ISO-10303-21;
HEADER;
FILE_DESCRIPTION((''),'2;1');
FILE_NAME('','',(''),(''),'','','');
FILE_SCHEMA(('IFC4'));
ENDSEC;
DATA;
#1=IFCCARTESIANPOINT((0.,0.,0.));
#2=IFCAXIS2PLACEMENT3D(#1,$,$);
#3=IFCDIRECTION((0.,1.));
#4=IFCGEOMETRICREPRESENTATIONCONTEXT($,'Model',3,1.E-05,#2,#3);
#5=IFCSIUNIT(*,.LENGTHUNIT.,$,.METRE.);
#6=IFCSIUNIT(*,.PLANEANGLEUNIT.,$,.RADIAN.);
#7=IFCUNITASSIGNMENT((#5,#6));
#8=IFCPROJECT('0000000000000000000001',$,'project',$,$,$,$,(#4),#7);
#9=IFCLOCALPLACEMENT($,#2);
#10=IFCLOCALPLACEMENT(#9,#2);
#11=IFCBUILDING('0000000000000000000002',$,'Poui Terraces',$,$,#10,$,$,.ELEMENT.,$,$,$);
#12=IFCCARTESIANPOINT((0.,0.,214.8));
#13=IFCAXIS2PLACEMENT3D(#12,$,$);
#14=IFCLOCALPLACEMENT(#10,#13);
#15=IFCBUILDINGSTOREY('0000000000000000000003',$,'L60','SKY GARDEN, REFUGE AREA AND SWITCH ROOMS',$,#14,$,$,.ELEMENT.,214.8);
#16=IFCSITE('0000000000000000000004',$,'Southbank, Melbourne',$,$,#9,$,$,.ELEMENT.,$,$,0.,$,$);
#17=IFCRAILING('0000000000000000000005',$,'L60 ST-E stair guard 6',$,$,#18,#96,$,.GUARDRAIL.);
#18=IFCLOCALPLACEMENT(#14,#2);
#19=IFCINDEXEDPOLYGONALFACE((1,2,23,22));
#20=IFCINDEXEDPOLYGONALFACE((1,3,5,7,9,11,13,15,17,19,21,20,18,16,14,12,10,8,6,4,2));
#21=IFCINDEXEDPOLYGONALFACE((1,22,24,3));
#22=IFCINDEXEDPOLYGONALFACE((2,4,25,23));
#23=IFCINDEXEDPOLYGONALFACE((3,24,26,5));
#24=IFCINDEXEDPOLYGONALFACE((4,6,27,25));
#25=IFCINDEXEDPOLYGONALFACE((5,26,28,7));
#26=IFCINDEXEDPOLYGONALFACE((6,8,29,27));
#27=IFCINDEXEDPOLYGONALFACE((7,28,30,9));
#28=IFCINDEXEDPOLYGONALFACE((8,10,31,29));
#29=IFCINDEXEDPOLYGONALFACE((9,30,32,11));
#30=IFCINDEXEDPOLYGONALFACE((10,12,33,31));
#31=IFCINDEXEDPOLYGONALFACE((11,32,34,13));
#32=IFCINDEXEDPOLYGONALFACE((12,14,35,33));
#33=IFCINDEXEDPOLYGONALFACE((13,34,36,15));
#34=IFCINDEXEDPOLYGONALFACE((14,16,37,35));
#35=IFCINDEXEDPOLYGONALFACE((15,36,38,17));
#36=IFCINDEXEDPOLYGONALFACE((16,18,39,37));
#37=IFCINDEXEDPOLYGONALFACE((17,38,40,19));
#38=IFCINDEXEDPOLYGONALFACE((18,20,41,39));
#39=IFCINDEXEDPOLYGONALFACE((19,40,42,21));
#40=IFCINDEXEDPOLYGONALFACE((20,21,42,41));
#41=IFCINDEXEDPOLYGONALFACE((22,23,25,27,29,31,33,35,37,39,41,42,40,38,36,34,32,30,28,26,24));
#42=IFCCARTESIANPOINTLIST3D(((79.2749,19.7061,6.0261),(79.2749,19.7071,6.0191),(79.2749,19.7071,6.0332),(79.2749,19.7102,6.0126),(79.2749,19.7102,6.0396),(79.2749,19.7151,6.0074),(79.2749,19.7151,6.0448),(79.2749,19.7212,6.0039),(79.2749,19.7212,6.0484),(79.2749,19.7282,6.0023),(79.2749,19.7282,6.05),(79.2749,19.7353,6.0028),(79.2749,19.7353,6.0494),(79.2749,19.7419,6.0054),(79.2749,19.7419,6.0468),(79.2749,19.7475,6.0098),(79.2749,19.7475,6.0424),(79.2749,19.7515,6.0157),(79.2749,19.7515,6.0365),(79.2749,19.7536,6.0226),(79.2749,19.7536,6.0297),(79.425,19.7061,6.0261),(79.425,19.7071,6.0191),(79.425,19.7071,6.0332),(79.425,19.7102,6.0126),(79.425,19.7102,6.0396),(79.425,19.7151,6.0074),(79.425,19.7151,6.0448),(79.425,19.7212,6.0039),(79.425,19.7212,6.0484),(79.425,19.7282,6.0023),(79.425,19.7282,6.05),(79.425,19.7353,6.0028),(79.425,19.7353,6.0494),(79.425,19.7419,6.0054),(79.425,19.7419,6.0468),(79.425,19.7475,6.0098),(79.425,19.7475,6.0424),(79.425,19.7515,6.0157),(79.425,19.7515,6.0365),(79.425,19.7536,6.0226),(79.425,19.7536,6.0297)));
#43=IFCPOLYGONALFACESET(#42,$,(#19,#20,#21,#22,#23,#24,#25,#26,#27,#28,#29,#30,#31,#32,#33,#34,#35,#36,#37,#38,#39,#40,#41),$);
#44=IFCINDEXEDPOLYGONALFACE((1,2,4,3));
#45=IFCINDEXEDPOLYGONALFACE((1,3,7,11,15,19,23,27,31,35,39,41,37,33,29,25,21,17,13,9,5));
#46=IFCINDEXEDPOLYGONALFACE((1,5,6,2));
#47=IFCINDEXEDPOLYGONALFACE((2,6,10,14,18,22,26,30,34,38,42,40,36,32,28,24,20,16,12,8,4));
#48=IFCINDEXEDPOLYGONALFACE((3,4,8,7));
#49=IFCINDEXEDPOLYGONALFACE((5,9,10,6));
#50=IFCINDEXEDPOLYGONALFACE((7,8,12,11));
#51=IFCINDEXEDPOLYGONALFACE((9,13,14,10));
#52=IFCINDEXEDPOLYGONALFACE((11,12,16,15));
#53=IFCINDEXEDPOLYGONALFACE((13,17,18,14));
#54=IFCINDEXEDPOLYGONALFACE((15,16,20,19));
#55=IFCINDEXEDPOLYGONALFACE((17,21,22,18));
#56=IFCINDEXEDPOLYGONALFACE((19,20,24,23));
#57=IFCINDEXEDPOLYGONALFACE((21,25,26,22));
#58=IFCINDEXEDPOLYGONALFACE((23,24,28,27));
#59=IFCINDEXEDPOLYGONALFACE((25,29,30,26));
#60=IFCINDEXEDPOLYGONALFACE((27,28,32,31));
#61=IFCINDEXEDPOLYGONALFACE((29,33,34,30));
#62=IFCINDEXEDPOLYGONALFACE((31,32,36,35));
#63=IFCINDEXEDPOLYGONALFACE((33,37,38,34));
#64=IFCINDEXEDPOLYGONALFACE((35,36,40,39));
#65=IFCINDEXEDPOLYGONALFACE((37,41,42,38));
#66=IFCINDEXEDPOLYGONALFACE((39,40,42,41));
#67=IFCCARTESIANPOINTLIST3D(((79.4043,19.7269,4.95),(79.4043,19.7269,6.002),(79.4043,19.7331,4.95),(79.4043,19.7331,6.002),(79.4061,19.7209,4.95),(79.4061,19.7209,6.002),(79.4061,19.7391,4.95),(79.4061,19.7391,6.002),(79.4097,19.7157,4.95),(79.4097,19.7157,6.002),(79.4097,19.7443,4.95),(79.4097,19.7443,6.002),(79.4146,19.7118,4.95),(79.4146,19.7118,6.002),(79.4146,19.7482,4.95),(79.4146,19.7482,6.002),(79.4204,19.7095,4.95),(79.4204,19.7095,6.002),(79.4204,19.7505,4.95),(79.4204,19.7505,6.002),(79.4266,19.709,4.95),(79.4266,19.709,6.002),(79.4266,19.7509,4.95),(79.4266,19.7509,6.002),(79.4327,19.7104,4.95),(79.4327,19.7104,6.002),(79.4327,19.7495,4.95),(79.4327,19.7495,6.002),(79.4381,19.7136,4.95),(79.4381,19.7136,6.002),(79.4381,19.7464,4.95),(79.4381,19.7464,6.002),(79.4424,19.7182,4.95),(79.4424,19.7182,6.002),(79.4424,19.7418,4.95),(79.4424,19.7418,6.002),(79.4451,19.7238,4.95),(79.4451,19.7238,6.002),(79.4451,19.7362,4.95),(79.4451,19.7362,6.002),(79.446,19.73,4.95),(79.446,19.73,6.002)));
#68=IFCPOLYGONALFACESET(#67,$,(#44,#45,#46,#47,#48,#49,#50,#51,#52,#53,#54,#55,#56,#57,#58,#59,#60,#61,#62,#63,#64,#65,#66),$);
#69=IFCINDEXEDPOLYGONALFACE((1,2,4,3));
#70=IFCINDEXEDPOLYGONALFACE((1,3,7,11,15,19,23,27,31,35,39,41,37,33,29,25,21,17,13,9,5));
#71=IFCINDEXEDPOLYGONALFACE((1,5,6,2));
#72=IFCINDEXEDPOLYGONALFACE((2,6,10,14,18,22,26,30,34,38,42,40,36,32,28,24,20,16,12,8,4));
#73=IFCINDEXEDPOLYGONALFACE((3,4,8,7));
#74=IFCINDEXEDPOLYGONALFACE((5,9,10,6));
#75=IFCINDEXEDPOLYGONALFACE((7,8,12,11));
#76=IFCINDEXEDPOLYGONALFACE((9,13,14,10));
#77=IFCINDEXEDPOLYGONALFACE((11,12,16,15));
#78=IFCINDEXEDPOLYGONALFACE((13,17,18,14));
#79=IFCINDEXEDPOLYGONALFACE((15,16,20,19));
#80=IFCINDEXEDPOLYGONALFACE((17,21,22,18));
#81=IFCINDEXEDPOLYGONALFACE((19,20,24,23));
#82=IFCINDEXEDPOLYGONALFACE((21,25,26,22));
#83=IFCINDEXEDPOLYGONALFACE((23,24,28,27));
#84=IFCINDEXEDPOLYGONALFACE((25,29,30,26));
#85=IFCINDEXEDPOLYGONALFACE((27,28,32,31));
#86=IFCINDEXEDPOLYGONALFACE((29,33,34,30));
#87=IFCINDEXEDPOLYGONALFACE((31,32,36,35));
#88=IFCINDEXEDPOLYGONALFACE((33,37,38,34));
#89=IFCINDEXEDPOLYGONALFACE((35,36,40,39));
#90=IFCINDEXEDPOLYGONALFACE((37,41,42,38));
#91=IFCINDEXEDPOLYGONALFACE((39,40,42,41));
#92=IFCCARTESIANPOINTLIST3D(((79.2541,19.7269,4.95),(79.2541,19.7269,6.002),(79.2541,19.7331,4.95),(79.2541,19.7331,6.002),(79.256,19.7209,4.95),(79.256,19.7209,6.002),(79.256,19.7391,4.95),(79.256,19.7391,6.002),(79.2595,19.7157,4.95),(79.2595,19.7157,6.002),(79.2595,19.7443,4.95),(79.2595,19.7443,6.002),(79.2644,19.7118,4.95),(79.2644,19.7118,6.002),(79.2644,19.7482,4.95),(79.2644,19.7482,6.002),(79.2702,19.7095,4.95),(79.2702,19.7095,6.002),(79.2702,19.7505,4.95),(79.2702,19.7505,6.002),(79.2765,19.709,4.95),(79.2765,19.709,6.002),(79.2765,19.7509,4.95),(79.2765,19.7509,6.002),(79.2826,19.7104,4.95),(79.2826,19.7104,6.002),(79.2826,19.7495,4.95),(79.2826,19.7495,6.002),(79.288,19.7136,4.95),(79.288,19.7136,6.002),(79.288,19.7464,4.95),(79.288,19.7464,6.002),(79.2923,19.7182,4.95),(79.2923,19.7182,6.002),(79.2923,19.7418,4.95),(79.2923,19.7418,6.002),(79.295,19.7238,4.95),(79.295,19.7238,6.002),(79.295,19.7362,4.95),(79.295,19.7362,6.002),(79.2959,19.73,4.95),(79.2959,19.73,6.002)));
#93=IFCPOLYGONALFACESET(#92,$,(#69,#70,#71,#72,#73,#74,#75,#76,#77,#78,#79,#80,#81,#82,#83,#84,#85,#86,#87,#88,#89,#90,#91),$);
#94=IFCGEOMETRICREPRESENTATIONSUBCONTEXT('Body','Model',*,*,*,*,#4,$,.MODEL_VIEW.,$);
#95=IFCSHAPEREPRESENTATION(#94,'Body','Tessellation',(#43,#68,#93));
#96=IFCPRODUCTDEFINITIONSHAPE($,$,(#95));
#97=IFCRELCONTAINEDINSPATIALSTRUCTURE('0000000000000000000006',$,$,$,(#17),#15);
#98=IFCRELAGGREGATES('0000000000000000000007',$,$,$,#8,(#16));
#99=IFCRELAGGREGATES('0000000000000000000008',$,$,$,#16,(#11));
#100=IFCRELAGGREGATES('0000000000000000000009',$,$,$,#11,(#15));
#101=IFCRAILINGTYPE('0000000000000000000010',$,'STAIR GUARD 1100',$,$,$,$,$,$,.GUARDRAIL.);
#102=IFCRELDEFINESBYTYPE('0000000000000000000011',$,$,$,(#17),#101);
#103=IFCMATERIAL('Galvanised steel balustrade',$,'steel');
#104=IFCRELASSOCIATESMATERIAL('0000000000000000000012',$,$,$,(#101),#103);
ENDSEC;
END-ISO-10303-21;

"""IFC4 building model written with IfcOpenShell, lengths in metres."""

from ifc_helpers import new_model, si_unit, direction, frame, origin, origin_2d, place, context, subcontext, project, spatial, circle, extrude, material, type_object, element, save


model = new_model("IFC4")

# Units and contexts
model_context = context("Model", 3, precision=1e-05, world=origin(), true_north=direction((0.0, 1.0)))
body_context = subcontext(model_context, "Body", "Model", "MODEL_VIEW")
ifc_project = project(units=[si_unit("LENGTHUNIT", "METRE"), si_unit("PLANEANGLEUNIT", "RADIAN")], contexts=[model_context])

# Site, building, storey
site_placement = place(None, origin())
site = spatial("IfcSite", under=ifc_project, at=site_placement, Name="Southbank, Melbourne", CompositionType="ELEMENT", RefElevation=0.0)
building_placement = place(site_placement, origin())
building = spatial("IfcBuilding", under=site, at=building_placement, Name="Poui Terraces", CompositionType="ELEMENT")
storey_placement = place(building_placement, frame((0.0, 0.0, 214.8)))
storey = spatial("IfcBuildingStorey", under=building, at=storey_placement, Name="L60", Description="SKY GARDEN, REFUGE AREA AND SWITCH ROOMS", CompositionType="ELEMENT", Elevation=214.8)

# Railing
ifc_material_1 = material(Name="Galvanised steel balustrade", Category="steel")
railing_type_1 = type_object("IfcRailingType", Name="STAIR GUARD 1100", PredefinedType="GUARDRAIL", material=ifc_material_1)
railing_1_placement = place(storey_placement, frame((79.425, 19.73, 4.95)))
element("IfcRailing", 1, at=railing_1_placement, inside=storey, type_object=railing_type_1, Name="L60 ST-E stair guard 6", PredefinedType="GUARDRAIL", context=body_context, shape_type="SweptSolid", body=[
    extrude(circle(Radius=0.0239, at=origin_2d()), frame((0.0, 0.0, 1.0762), z_axis=(-1.0, 0.0, 0.0), x_axis=(0.0, -1.0, 0.0)), (0.0, 0.0, 1.0), 0.1501),
    extrude(circle(Radius=0.021, at=origin_2d()), origin(), (0.0, 0.0, 1.0), 1.052),
    extrude(circle(Radius=0.021, at=origin_2d()), frame((-0.1501, 0.0, 0.0)), (0.0, 0.0, 1.0), 1.052),
])

save(model, "model.ifc")
